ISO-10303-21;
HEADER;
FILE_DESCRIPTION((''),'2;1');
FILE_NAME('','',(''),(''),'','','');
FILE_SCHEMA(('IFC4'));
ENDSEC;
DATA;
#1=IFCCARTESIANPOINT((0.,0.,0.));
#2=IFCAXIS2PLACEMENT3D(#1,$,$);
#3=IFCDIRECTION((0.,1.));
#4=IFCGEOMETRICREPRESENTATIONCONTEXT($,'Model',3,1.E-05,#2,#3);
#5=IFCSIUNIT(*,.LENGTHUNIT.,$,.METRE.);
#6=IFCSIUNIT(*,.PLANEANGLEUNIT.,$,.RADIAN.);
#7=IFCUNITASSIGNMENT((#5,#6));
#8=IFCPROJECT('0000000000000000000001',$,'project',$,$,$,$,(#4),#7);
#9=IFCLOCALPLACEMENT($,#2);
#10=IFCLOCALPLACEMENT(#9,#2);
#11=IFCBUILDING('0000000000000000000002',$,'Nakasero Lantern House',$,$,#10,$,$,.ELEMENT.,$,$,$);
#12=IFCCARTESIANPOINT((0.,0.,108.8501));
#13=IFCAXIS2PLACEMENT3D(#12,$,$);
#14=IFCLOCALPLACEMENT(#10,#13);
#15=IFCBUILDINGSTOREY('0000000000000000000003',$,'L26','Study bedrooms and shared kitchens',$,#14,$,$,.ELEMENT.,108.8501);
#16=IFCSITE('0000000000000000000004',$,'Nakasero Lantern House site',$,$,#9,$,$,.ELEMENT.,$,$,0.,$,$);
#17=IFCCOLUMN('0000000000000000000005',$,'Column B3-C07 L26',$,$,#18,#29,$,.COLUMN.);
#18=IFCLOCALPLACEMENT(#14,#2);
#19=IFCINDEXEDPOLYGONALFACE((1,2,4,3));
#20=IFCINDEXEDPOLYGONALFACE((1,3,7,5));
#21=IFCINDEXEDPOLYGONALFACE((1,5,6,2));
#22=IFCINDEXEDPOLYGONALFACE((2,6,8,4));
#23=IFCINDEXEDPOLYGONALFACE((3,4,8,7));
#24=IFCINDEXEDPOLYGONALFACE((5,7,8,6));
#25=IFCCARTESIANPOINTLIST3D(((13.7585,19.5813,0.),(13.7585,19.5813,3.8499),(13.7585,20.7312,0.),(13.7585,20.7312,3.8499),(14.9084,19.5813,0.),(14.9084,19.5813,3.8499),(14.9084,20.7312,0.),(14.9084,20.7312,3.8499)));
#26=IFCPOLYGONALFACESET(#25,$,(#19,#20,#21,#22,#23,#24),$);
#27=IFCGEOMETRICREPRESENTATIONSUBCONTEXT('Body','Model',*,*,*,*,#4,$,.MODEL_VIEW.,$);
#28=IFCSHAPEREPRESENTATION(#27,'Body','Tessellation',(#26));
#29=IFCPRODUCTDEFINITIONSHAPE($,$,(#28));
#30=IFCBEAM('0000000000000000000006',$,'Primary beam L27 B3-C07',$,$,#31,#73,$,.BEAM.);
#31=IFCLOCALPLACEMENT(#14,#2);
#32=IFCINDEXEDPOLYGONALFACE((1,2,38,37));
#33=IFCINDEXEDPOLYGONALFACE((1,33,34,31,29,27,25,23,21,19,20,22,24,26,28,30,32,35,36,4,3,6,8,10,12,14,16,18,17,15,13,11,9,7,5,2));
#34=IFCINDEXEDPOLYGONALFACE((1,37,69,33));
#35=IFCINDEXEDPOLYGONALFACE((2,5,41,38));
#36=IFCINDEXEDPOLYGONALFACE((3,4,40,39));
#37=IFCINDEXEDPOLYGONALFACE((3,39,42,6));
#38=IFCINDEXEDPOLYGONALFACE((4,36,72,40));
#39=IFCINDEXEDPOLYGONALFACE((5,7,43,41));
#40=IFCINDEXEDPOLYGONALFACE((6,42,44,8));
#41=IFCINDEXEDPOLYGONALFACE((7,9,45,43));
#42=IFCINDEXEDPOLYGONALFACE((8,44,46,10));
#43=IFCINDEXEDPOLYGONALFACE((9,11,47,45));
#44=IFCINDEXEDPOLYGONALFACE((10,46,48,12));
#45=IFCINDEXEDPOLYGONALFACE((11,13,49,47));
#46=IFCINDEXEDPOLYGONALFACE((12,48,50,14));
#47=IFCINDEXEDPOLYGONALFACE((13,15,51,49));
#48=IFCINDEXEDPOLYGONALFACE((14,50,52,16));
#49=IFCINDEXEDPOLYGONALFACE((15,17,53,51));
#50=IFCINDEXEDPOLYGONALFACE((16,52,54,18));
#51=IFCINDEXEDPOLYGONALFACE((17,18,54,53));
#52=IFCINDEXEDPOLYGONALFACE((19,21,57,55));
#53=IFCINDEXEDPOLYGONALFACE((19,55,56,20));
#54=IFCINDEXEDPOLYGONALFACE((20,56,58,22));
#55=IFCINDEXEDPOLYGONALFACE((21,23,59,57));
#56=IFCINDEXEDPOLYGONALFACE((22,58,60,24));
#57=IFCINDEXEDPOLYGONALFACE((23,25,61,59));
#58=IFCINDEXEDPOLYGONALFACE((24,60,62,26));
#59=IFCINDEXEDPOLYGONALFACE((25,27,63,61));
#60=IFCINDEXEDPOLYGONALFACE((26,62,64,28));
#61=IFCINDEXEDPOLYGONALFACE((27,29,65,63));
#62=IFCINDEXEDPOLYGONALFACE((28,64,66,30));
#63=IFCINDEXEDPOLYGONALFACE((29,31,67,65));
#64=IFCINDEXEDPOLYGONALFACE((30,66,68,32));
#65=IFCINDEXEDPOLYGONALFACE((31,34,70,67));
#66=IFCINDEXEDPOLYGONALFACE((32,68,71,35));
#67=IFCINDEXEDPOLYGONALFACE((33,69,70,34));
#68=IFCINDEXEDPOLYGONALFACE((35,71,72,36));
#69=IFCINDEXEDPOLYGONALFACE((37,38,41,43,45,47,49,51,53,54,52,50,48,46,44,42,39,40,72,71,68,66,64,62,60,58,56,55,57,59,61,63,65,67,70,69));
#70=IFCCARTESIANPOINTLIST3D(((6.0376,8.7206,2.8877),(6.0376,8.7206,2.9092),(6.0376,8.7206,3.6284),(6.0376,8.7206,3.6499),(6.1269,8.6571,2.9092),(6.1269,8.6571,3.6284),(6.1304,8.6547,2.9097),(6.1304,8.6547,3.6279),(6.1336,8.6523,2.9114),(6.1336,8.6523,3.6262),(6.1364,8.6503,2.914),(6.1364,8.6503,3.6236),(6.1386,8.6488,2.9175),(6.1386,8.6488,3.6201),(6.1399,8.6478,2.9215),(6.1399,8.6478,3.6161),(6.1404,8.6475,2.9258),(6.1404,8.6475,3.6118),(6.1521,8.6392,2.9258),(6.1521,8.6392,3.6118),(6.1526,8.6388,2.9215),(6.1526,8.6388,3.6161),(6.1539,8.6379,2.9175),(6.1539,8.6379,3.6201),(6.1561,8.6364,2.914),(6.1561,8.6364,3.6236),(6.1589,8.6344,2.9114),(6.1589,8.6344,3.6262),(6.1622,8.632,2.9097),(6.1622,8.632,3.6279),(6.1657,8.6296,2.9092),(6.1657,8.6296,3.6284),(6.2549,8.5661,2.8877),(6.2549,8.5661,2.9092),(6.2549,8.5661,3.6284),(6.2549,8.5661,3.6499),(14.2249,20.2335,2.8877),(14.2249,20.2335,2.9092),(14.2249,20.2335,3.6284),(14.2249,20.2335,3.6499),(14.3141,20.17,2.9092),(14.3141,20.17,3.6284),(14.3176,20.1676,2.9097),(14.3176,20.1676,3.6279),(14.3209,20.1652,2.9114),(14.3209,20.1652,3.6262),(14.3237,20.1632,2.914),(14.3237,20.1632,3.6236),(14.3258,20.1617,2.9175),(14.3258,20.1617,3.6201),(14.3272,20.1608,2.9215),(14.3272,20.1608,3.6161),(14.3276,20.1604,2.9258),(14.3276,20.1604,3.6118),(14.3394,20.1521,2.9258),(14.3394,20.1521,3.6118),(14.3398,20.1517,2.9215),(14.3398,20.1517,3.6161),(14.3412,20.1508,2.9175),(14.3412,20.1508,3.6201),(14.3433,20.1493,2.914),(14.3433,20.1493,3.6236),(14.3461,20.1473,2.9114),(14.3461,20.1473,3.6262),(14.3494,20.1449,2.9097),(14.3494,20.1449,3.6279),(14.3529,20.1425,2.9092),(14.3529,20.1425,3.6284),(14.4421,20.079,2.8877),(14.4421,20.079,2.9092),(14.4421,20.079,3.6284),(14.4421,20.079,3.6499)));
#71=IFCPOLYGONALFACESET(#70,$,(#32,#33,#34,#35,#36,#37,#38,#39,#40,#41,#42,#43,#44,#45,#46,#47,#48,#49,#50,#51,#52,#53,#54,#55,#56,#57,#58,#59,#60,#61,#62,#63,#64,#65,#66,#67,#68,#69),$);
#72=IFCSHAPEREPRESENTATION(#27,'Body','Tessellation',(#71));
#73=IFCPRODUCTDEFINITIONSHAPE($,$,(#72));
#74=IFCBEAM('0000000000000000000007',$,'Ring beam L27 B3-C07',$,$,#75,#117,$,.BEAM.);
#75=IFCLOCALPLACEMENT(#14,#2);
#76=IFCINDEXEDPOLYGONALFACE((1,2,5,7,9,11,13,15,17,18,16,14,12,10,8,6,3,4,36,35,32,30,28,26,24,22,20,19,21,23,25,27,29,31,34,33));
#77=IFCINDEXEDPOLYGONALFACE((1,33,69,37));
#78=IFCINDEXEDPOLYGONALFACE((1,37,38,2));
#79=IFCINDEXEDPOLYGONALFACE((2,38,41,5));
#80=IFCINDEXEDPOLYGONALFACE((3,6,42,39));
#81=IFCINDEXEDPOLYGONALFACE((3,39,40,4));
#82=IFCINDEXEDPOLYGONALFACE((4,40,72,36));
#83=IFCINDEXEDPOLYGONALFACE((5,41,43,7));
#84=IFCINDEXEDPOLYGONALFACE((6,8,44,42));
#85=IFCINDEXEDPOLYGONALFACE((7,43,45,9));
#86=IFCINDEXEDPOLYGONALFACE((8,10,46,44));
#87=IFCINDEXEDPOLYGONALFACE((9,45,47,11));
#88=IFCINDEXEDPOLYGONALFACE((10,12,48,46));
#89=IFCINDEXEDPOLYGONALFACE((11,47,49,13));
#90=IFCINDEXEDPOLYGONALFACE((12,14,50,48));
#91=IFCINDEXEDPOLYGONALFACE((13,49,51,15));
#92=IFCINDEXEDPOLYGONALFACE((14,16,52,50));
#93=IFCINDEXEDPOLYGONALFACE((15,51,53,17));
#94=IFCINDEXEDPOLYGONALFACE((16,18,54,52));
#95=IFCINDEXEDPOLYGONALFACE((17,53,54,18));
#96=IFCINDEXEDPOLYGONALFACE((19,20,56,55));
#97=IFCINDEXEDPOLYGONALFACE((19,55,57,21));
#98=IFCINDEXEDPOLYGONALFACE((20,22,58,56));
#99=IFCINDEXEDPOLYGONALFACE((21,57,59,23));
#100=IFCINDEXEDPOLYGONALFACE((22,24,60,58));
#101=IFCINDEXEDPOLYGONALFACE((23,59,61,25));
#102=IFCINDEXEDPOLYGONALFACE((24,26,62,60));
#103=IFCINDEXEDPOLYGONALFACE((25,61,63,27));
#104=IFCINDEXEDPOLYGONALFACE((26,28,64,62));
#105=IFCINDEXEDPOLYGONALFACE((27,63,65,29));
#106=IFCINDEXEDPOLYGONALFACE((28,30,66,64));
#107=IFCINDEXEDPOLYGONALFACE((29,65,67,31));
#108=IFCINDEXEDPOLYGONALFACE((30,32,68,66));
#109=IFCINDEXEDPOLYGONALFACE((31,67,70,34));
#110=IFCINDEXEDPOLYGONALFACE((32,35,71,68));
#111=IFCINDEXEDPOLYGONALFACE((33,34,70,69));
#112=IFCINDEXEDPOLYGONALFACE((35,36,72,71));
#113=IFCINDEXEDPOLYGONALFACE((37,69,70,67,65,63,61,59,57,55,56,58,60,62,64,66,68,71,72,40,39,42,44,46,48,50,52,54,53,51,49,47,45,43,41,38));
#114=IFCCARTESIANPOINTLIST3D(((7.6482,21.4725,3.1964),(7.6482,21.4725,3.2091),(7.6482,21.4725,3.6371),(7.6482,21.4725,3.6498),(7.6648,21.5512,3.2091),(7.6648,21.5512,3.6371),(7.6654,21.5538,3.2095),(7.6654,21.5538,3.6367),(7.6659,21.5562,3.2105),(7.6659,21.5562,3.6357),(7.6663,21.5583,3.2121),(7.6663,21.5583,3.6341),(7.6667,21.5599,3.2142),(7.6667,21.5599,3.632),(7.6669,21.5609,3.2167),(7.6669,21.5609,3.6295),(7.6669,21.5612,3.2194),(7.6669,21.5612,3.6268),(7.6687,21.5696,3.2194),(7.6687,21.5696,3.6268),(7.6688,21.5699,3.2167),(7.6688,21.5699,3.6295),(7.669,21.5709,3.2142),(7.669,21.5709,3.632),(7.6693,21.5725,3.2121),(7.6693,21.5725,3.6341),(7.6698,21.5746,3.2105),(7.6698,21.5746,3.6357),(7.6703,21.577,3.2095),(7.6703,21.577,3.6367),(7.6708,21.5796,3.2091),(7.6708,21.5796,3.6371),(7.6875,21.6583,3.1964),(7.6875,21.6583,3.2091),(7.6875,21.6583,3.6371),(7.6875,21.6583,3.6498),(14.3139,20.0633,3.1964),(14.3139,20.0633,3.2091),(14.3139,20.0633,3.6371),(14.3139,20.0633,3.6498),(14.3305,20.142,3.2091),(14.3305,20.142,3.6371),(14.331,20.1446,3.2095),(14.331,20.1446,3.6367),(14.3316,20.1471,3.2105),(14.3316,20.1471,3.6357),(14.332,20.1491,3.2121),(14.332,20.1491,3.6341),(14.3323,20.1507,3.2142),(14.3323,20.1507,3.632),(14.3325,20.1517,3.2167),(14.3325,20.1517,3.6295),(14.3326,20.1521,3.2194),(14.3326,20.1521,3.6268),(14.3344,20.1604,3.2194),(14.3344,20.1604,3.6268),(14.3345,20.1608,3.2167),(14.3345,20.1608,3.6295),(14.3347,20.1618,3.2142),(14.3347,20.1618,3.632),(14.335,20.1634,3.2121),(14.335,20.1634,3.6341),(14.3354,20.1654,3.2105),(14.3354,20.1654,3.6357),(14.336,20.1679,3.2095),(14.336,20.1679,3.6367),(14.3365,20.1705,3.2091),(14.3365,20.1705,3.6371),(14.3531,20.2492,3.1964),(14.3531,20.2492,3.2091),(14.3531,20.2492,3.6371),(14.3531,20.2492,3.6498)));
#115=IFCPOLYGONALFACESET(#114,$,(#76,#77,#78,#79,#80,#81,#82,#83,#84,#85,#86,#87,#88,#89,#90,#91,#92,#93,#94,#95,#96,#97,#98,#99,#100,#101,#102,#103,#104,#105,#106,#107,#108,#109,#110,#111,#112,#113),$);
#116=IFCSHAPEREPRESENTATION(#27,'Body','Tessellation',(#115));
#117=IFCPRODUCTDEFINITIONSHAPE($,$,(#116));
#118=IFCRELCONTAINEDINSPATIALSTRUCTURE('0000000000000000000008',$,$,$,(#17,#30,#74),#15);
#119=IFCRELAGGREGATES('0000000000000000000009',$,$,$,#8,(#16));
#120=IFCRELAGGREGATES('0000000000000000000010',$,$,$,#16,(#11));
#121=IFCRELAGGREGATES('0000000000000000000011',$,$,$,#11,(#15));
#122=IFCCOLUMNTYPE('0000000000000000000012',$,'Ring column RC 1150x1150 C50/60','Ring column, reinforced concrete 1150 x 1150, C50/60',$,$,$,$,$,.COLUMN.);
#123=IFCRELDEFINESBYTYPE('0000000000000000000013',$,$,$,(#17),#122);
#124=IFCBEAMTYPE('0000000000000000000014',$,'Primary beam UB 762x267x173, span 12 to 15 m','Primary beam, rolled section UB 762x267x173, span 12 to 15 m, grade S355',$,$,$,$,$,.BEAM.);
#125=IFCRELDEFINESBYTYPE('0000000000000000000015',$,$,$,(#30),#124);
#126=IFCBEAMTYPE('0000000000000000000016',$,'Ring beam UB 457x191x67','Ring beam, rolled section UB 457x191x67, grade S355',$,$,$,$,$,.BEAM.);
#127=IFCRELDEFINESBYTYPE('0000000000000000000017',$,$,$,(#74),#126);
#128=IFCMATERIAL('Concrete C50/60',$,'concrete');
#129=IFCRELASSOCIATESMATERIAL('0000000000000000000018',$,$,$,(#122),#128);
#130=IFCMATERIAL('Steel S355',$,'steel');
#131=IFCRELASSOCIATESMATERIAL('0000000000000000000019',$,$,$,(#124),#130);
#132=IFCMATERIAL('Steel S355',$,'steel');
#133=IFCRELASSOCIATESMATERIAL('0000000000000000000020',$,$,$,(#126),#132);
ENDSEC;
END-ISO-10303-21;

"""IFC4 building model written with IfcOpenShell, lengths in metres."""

from ifc_helpers import new_model, si_unit, direction, frame, origin, origin_2d, place, context, subcontext, project, spatial, rectangle, i_section, extrude, material, material_profile, profile_set, type_object, element, save


model = new_model("IFC4")

# Units and contexts
model_context = context("Model", 3, precision=1e-05, world=origin(), true_north=direction((0.0, 1.0)))
body_context = subcontext(model_context, "Body", "Model", "MODEL_VIEW")
ifc_project = project(units=[si_unit("LENGTHUNIT", "METRE"), si_unit("PLANEANGLEUNIT", "RADIAN")], contexts=[model_context])

# Site, building, storey
site_placement = place(None, origin())
site = spatial("IfcSite", under=ifc_project, at=site_placement, Name="Nakasero Lantern House site", CompositionType="ELEMENT", RefElevation=0.0)
building_placement = place(site_placement, origin())
building = spatial("IfcBuilding", under=site, at=building_placement, Name="Nakasero Lantern House", CompositionType="ELEMENT")
storey_placement = place(building_placement, frame((0.0, 0.0, 108.8501)))
storey = spatial("IfcBuildingStorey", under=building, at=storey_placement, Name="L26", Description="Study bedrooms and shared kitchens", CompositionType="ELEMENT", Elevation=108.8501)

# Column
ifc_material_1 = material(Name="Concrete C50/60", Category="concrete")
ifc_material_profile_1 = material_profile(ifc_material_1, rectangle(XDim=1.1499, YDim=1.1499, at=origin_2d()), Name="RC 1150x1150")
ifc_profile_set_1 = profile_set([ifc_material_profile_1], Name="Concrete C50/60")
column_type = type_object("IfcColumnType", Name="Ring column RC 1150x1150 C50/60", Description="Ring column, reinforced concrete 1150 x 1150, C50/60", PredefinedType="COLUMN", material=ifc_profile_set_1)
column_placement = place(storey_placement, frame((14.3335, 20.1562, 0.0), z_axis=(0.0, 0.0, 1.0), x_axis=(1.0, 0.0, 0.0)))
element("IfcColumn", 1, at=column_placement, inside=storey, type_object=column_type, Name="Column B3-C07 L26", PredefinedType="COLUMN", context=body_context, shape_type="SweptSolid", body=[
    extrude(rectangle(XDim=1.1499, YDim=1.1499, at=origin_2d()), origin(), (0.0, 0.0, 1.0), 3.8499),
])

# Beams
ifc_material_2 = material(Name="Steel S355", Category="steel")
ifc_material_profile_2 = material_profile(ifc_material_2, i_section(OverallWidth=0.2666, OverallDepth=0.7622, WebThickness=0.0144, FlangeThickness=0.0215, FilletRadius=0.0166, at=origin_2d()), Name="UB 762x267x173")
ifc_profile_set_2 = profile_set([ifc_material_profile_2], Name="Steel S355")
beam_type_1 = type_object("IfcBeamType", Name="Primary beam UB 762x267x173, span 12 to 15 m", Description="Primary beam, rolled section UB 762x267x173, span 12 to 15 m, grade S355", PredefinedType="BEAM", material=ifc_profile_set_2)
beam_1_placement = place(storey_placement, frame((14.3335, 20.1562, 3.2688), z_axis=(-0.579537, -0.814946, 0.0), x_axis=(0.814946, -0.579537, 0.0)))
element("IfcBeam", 2, at=beam_1_placement, inside=storey, type_object=beam_type_1, Name="Primary beam L27 B3-C07", PredefinedType="BEAM", context=body_context, shape_type="SweptSolid", body=[
    extrude(i_section(OverallWidth=0.2666, OverallDepth=0.7622, WebThickness=0.0144, FlangeThickness=0.0215, FilletRadius=0.0166, at=origin_2d()), origin(), (0.0, 0.0, 1.0), 14.1272),
])
ifc_material_3 = material(Name="Steel S355", Category="steel")
ifc_material_profile_3 = material_profile(ifc_material_3, i_section(OverallWidth=0.1899, OverallDepth=0.4534, WebThickness=0.0085, FlangeThickness=0.0127, FilletRadius=0.0103, at=origin_2d()), Name="UB 457x191x67")
ifc_profile_set_3 = profile_set([ifc_material_profile_3], Name="Steel S355")
beam_type_2 = type_object("IfcBeamType", Name="Ring beam UB 457x191x67", Description="Ring beam, rolled section UB 457x191x67, grade S355", PredefinedType="BEAM", material=ifc_profile_set_3)
beam_2_placement = place(storey_placement, frame((14.3335, 20.1562, 3.4231), z_axis=(-0.978376, 0.206834, 0.0), x_axis=(-0.206834, -0.978376, 0.0)))
element("IfcBeam", 3, at=beam_2_placement, inside=storey, type_object=beam_type_2, Name="Ring beam L27 B3-C07", PredefinedType="BEAM", context=body_context, shape_type="SweptSolid", body=[
    extrude(i_section(OverallWidth=0.1899, OverallDepth=0.4534, WebThickness=0.0085, FlangeThickness=0.0127, FilletRadius=0.0103, at=origin_2d()), origin(), (0.0, 0.0, 1.0), 6.813),
])

save(model, "model.ifc")
